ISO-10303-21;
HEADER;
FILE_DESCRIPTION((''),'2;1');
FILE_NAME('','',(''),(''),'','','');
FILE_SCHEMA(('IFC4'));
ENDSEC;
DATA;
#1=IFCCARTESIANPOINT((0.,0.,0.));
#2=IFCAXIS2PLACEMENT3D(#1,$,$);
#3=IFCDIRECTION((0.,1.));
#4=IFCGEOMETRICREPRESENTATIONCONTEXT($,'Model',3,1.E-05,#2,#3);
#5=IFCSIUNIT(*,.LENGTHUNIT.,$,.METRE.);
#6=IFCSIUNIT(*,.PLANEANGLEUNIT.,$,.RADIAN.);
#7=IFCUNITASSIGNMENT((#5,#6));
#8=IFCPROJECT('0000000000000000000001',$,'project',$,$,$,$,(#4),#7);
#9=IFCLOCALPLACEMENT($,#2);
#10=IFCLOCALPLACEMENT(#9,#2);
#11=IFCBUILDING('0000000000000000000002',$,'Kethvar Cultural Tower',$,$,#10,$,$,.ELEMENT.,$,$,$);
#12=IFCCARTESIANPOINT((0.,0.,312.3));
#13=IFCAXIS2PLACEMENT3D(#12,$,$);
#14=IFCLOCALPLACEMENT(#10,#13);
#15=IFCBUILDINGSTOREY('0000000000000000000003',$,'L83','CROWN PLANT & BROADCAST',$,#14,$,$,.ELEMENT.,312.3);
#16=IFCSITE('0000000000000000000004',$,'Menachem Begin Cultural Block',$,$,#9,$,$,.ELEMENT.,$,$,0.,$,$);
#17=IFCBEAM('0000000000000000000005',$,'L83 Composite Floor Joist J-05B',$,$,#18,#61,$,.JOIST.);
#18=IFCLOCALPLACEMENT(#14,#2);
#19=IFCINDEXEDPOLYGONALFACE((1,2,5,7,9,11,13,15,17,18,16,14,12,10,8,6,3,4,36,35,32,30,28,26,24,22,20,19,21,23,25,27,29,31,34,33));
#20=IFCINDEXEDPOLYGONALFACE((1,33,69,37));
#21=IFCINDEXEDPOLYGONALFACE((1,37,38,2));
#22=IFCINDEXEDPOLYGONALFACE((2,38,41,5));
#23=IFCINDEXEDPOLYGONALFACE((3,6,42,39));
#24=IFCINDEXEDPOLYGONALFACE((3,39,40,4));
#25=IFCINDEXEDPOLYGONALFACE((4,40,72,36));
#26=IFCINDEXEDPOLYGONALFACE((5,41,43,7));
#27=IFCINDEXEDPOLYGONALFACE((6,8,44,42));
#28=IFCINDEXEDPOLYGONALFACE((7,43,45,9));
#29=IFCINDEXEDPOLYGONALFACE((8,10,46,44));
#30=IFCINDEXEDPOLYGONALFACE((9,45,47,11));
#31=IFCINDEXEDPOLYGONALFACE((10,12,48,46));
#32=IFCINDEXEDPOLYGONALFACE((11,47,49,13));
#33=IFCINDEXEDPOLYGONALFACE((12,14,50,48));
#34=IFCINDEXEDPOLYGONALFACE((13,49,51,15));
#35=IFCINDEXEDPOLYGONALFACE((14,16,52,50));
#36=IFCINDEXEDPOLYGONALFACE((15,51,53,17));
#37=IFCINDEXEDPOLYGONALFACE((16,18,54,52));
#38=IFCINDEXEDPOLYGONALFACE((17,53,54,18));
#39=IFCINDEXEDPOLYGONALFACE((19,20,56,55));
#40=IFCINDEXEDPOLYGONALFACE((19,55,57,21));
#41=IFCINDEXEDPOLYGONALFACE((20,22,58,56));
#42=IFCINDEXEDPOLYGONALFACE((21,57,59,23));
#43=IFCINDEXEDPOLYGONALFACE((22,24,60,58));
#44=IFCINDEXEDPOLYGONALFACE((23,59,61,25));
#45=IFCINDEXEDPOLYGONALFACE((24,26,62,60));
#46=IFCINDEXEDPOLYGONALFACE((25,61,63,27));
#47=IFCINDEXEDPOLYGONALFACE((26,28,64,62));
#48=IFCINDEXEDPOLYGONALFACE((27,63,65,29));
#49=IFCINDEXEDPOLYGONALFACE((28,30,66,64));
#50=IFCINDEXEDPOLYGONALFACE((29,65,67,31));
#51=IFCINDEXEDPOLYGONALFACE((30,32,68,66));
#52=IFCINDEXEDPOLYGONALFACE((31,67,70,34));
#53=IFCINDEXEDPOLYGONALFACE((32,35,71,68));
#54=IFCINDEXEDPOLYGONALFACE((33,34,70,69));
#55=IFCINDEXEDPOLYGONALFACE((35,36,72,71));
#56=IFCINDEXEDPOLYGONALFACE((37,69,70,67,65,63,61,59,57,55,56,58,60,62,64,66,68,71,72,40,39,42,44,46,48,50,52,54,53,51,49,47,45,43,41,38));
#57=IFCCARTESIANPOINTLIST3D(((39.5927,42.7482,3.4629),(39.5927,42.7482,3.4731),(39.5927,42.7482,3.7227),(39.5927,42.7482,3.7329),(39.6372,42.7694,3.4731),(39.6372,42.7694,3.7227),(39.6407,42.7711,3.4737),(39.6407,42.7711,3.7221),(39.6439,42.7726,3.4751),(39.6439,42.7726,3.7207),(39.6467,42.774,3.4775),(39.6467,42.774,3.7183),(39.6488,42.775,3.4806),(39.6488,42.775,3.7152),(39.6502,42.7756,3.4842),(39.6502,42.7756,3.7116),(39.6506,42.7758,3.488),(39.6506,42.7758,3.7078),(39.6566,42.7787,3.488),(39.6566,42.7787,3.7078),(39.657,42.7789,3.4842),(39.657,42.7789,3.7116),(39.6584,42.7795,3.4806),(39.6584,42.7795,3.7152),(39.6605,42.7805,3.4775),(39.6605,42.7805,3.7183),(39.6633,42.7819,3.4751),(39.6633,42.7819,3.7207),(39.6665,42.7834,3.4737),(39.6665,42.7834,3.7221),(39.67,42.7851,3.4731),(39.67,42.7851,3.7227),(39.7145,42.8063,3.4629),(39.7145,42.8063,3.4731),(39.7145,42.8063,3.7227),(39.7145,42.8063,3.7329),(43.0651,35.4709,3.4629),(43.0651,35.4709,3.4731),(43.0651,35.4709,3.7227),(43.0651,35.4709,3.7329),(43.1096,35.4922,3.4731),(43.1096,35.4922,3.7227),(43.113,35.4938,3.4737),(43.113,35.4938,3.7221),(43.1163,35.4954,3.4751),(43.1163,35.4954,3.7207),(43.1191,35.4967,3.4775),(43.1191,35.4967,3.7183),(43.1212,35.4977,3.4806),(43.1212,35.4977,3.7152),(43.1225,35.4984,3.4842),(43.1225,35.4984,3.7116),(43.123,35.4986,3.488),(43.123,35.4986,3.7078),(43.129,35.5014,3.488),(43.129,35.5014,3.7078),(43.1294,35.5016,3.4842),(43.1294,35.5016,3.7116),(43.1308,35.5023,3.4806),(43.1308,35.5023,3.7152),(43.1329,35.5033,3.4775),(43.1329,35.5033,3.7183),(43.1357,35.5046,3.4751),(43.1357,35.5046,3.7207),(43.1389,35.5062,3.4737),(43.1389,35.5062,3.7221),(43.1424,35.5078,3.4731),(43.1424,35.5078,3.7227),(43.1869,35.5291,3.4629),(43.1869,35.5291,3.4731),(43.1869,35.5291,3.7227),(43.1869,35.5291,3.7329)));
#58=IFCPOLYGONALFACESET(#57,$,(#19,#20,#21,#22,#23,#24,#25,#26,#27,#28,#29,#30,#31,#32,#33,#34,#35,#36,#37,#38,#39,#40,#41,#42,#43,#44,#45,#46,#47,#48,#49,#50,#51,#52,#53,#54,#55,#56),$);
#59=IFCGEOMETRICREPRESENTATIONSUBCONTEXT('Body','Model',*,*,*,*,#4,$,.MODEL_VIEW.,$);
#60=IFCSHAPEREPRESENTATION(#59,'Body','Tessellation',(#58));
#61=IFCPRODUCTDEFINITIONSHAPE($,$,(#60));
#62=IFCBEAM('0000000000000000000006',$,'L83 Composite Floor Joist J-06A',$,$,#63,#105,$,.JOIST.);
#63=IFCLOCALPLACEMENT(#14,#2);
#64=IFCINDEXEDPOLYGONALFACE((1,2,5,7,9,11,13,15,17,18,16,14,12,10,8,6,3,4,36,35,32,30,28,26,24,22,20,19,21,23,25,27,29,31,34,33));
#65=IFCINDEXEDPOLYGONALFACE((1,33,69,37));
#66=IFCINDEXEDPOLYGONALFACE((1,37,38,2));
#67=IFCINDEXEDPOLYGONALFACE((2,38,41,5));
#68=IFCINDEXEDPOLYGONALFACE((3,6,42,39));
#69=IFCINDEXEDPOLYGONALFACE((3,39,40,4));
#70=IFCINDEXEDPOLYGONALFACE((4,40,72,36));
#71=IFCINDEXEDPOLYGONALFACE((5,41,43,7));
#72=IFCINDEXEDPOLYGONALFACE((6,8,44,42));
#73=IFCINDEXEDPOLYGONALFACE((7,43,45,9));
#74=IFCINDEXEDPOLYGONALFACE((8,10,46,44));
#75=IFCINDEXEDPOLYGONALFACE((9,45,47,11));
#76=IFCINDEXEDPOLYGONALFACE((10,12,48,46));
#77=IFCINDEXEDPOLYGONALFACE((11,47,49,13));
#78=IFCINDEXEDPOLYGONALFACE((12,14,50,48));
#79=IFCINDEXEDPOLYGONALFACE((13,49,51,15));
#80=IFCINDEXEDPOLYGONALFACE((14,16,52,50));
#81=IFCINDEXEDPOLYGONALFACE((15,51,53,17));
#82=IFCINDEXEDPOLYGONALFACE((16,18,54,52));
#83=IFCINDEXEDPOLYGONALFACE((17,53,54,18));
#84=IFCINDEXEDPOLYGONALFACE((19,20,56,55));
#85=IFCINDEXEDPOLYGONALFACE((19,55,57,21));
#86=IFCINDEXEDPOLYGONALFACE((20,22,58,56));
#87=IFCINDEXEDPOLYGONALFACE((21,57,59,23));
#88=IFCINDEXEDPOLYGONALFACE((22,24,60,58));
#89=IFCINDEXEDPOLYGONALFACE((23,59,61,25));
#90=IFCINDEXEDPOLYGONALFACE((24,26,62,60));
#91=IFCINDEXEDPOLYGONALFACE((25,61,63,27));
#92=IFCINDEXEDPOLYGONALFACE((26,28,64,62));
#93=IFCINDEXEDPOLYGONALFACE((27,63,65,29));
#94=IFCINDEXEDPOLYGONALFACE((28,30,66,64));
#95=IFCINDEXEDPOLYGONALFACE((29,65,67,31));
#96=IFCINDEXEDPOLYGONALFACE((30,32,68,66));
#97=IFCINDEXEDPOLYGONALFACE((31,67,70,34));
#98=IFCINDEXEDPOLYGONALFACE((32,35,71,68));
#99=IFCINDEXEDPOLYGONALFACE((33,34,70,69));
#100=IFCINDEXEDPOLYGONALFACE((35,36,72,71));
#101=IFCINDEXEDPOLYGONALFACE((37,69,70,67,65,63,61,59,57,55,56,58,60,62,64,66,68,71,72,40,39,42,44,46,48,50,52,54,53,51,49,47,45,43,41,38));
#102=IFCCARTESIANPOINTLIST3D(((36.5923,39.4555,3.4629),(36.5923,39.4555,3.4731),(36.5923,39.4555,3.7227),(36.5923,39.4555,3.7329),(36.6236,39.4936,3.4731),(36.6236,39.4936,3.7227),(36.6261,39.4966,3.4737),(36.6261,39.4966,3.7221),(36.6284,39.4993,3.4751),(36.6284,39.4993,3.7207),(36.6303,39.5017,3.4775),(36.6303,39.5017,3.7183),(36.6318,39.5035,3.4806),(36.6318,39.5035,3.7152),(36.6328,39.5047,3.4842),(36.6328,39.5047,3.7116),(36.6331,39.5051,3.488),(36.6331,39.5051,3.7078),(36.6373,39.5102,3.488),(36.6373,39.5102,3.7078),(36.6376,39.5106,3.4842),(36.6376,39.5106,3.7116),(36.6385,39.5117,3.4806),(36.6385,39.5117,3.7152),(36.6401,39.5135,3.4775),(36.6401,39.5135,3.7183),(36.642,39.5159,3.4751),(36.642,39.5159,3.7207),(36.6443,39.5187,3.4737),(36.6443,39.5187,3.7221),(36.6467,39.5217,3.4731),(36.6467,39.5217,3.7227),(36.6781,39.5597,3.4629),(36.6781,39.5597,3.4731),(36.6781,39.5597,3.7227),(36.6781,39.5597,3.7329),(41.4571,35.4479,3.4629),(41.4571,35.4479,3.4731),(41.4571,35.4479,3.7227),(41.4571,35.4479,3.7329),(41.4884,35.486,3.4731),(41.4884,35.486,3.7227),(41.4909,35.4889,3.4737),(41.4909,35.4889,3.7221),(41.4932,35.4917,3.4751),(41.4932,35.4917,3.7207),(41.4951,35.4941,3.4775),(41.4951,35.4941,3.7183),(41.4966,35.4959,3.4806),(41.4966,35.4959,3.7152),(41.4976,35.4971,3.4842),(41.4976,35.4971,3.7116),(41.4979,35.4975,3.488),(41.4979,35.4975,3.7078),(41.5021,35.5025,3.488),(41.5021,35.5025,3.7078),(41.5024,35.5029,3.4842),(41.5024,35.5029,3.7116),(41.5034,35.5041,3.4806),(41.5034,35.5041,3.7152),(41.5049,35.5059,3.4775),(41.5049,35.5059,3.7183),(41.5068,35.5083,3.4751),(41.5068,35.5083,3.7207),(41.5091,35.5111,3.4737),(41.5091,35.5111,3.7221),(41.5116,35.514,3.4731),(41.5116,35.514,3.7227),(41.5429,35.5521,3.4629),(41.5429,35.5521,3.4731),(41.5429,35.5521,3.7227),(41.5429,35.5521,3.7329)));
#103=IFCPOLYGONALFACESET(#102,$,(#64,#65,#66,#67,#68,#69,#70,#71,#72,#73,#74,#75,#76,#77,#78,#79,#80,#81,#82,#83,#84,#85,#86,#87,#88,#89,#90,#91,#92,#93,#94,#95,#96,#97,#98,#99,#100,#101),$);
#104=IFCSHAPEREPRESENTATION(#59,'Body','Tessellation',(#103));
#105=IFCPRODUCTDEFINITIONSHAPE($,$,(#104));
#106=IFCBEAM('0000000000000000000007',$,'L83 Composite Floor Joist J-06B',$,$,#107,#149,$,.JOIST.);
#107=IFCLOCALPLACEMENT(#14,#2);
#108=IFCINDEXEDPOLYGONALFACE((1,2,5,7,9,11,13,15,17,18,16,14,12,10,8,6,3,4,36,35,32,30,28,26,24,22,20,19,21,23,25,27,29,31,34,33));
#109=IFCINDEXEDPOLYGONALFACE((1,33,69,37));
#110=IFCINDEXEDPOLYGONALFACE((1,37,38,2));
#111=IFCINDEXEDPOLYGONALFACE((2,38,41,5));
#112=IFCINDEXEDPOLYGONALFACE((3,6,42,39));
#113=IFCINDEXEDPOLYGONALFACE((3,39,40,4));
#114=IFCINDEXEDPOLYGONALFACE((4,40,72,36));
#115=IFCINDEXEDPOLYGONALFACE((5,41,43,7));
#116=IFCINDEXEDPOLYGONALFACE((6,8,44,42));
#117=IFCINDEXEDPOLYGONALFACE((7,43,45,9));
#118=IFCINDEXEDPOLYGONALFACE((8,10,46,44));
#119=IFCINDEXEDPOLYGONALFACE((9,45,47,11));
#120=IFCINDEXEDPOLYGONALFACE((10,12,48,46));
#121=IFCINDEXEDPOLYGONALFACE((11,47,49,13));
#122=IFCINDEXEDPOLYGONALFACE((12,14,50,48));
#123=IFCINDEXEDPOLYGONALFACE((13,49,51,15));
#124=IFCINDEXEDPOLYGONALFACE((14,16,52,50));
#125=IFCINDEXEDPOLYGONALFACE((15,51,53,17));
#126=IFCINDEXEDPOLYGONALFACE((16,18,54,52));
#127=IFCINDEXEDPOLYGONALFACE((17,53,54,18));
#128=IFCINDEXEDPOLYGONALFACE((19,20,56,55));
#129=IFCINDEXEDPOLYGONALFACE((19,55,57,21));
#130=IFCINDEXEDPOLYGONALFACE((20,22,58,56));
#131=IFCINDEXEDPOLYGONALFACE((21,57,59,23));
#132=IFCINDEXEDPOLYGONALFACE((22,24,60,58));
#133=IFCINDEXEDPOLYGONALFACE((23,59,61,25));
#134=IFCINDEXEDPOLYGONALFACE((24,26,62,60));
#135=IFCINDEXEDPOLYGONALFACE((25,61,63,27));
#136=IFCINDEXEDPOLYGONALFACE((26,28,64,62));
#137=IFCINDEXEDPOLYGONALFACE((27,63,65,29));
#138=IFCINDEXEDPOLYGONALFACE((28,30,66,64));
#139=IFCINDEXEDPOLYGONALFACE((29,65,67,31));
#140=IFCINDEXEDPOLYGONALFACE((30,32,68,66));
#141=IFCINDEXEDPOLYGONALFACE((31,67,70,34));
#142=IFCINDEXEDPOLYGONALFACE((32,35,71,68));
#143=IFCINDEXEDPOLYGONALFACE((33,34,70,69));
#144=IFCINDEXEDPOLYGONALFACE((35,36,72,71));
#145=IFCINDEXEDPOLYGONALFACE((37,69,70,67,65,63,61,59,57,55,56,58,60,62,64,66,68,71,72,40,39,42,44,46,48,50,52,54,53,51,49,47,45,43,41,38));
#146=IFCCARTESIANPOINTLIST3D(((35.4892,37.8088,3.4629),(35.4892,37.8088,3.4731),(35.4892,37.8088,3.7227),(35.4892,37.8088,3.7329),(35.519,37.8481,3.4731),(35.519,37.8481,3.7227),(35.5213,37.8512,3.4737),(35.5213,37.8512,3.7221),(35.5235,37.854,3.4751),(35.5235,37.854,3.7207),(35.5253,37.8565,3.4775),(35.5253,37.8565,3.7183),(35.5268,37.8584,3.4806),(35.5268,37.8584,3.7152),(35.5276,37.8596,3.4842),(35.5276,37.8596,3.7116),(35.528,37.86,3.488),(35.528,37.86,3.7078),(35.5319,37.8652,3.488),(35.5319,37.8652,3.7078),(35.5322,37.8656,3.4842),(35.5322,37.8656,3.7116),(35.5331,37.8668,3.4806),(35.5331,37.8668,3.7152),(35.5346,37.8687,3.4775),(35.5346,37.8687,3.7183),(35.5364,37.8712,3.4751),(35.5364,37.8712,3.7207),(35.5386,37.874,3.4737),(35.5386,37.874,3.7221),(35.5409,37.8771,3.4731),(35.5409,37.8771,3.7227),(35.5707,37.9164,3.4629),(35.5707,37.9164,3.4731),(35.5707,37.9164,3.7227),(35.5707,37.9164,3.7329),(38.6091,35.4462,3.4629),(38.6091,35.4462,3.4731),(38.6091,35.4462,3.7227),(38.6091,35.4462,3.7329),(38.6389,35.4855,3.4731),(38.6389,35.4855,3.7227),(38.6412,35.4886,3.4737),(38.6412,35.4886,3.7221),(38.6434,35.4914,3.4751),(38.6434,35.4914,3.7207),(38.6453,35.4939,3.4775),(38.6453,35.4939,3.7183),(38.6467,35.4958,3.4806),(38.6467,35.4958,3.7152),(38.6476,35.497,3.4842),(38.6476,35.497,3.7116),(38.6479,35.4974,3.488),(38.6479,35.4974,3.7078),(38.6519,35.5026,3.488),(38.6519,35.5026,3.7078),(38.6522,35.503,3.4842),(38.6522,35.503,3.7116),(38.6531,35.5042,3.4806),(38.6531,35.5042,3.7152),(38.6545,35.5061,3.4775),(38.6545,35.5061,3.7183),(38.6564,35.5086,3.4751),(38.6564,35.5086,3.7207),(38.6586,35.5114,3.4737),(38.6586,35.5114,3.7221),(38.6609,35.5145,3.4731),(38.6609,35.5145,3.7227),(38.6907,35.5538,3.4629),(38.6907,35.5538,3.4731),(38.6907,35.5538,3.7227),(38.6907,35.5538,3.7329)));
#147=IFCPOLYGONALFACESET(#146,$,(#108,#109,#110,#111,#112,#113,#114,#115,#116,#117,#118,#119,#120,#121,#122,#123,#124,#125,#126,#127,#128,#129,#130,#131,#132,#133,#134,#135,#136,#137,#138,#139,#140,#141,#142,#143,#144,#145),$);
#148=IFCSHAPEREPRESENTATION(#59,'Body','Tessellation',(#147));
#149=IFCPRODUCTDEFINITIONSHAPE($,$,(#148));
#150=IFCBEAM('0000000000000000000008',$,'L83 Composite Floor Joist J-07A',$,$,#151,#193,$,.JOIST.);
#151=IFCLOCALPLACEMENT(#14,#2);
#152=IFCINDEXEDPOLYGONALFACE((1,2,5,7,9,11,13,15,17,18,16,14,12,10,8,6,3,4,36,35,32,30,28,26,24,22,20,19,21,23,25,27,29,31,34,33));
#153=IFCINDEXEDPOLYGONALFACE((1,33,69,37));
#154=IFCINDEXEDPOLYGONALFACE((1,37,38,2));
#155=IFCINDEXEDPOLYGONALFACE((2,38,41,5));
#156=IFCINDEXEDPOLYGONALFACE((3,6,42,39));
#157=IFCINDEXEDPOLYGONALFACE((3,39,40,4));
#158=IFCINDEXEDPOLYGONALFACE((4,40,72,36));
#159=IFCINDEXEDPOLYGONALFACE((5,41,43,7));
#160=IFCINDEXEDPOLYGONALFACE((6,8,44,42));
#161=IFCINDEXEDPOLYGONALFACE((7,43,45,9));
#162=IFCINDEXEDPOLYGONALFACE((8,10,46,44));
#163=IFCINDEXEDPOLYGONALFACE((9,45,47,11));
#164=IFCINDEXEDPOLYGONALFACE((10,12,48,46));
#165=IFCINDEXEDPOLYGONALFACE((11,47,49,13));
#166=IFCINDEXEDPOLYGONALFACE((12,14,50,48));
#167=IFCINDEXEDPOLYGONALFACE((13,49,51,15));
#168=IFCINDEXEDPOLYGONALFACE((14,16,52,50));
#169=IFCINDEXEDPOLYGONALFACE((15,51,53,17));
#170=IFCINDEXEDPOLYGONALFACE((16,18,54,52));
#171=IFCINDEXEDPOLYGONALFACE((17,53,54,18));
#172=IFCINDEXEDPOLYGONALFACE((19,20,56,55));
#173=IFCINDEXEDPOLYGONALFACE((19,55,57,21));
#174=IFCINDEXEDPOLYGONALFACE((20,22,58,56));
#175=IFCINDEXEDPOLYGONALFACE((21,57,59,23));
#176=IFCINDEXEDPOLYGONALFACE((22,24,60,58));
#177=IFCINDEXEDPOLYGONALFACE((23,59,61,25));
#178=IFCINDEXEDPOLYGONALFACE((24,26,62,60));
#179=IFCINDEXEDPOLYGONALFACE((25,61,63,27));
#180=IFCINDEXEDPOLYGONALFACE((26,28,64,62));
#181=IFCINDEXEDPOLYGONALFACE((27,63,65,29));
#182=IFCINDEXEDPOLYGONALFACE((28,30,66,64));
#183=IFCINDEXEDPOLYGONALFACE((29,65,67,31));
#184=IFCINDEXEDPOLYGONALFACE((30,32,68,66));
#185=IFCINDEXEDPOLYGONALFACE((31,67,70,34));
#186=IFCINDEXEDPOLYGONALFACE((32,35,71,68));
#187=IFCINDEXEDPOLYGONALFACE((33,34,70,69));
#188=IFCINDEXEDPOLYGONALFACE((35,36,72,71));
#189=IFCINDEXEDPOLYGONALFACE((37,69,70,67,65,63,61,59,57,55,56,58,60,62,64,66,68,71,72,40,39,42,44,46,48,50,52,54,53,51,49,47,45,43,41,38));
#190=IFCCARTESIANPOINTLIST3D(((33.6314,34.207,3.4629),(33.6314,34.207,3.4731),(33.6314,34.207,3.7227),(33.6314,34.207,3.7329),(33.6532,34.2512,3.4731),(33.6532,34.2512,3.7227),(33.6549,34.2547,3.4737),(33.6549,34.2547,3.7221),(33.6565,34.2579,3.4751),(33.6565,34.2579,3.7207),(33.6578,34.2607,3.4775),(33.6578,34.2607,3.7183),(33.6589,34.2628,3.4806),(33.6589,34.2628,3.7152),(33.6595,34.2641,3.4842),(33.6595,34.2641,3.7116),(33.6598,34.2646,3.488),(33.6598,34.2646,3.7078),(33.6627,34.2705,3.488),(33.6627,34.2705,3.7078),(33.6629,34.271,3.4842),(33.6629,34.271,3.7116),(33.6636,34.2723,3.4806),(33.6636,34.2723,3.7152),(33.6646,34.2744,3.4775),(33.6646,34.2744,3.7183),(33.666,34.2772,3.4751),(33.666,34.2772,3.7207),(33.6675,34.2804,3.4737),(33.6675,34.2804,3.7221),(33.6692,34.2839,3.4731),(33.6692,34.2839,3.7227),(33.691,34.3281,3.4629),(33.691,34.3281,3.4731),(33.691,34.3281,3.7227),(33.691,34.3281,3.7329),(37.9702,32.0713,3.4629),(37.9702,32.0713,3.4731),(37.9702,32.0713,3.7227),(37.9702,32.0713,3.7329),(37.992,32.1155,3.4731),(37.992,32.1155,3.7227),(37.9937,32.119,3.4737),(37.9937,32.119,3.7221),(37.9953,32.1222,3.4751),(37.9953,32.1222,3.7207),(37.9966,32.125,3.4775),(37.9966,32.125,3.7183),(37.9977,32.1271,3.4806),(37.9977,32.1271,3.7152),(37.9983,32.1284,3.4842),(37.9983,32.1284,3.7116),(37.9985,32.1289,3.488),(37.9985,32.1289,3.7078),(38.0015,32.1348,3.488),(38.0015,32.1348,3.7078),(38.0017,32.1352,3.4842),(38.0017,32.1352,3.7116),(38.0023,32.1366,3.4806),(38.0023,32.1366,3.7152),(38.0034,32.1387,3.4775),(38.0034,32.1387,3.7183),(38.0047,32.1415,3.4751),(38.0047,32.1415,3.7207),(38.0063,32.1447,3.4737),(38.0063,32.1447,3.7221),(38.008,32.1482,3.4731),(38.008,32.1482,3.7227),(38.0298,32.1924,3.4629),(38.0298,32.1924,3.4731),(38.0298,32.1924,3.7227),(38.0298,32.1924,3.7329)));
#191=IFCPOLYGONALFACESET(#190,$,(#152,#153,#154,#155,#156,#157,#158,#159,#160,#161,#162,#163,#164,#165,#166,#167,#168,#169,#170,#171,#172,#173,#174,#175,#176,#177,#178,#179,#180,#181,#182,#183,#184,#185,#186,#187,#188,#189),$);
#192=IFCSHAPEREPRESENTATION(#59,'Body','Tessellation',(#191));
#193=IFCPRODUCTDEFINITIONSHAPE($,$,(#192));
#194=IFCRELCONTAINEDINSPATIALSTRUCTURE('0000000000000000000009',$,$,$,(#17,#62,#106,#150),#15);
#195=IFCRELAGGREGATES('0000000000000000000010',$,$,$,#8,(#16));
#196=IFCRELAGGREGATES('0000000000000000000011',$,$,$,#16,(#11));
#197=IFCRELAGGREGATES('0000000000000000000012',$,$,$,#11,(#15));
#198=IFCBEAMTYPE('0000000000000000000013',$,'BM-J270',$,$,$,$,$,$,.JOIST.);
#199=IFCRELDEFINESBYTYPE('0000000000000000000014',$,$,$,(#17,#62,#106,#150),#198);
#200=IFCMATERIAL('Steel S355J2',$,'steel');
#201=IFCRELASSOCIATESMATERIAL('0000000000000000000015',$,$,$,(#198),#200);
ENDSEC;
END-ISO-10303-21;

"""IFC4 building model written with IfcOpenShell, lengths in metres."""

from ifc_helpers import new_model, si_unit, direction, frame, origin, origin_2d, place, context, subcontext, project, spatial, i_section, extrude, source, transform, mapped, material, material_profile, profile_set, type_object, element, save


model = new_model("IFC4")

# Units and contexts
model_context = context("Model", 3, precision=1e-05, world=origin(), true_north=direction((0.0, 1.0)))
body_context = subcontext(model_context, "Body", "Model", "MODEL_VIEW")
ifc_project = project(units=[si_unit("LENGTHUNIT", "METRE"), si_unit("PLANEANGLEUNIT", "RADIAN")], contexts=[model_context])

# Site, building, storey
site_placement = place(None, origin())
site = spatial("IfcSite", under=ifc_project, at=site_placement, Name="Menachem Begin Cultural Block", CompositionType="ELEMENT", RefElevation=0.0)
building_placement = place(site_placement, origin())
building = spatial("IfcBuilding", under=site, at=building_placement, Name="Kethvar Cultural Tower", CompositionType="ELEMENT")
storey_placement = place(building_placement, frame((0.0, 0.0, 312.3)))
storey = spatial("IfcBuildingStorey", under=building, at=storey_placement, Name="L83", Description="CROWN PLANT & BROADCAST", CompositionType="ELEMENT", Elevation=312.3)

# Beams
ifc_material_1 = material(Name="Steel S355J2", Category="steel")
ifc_material_profile_1 = material_profile(ifc_material_1, i_section(OverallWidth=0.135, OverallDepth=0.27, WebThickness=0.0066, FlangeThickness=0.0103, FilletRadius=0.0149, at=origin_2d()), Name="Steel S355J2 — IPE270")
ifc_profile_set_1 = profile_set([ifc_material_profile_1], Name="Steel S355J2 — IPE270")
beam_type_1 = type_object("IfcBeamType", Name="BM-J270", PredefinedType="JOIST", material=ifc_profile_set_1)
shared_shape_1 = source(origin(), body_context, "Body", "SweptSolid", [
    extrude(i_section(OverallWidth=0.135, OverallDepth=0.27, WebThickness=0.0066, FlangeThickness=0.0103, FilletRadius=0.0149, at=origin_2d()), origin(), (0.0, 0.0, 1.0), 8.0632),
])
beam_1_placement = place(storey_placement, frame((43.126, 35.5, 3.5979), z_axis=(-0.430642, 0.902523, 0.0), x_axis=(-0.902523, -0.430642, 0.0)))
element("IfcBeam", 1, at=beam_1_placement, inside=storey, type_object=beam_type_1, Name="L83 Composite Floor Joist J-05B", PredefinedType="JOIST", context=body_context, shape_type="MappedRepresentation", body=[
    mapped(shared_shape_1, transform((0.0, 0.0, 0.0), scale=1.0)),
])
shared_shape_2 = source(origin(), body_context, "Body", "SweptSolid", [
    extrude(i_section(OverallWidth=0.135, OverallDepth=0.27, WebThickness=0.0066, FlangeThickness=0.0103, FilletRadius=0.0149, at=origin_2d()), origin(), (0.0, 0.0, 1.0), 6.303),
])
beam_2_placement = place(storey_placement, frame((41.5, 35.5, 3.5979), z_axis=(-0.771828, 0.635831, 0.0), x_axis=(-0.635831, -0.771828, 0.0)))
element("IfcBeam", 2, at=beam_2_placement, inside=storey, type_object=beam_type_1, Name="L83 Composite Floor Joist J-06A", PredefinedType="JOIST", context=body_context, shape_type="MappedRepresentation", body=[
    mapped(shared_shape_2, transform((0.0, 0.0, 0.0), scale=1.0)),
])
shared_shape_3 = source(origin(), body_context, "Body", "SweptSolid", [
    extrude(i_section(OverallWidth=0.135, OverallDepth=0.27, WebThickness=0.0066, FlangeThickness=0.0103, FilletRadius=0.0149, at=origin_2d()), origin(), (0.0, 0.0, 1.0), 3.9136),
])
beam_3_placement = place(storey_placement, frame((38.6499, 35.5, 3.5979), z_axis=(-0.797214, 0.603697, 0.0), x_axis=(-0.603697, -0.797214, 0.0)))
element("IfcBeam", 3, at=beam_3_placement, inside=storey, type_object=beam_type_1, Name="L83 Composite Floor Joist J-06B", PredefinedType="JOIST", context=body_context, shape_type="MappedRepresentation", body=[
    mapped(shared_shape_3, transform((0.0, 0.0, 0.0), scale=1.0)),
])
shared_shape_4 = source(origin(), body_context, "Body", "SweptSolid", [
    extrude(i_section(OverallWidth=0.135, OverallDepth=0.27, WebThickness=0.0066, FlangeThickness=0.0103, FilletRadius=0.0149, at=origin_2d()), origin(), (0.0, 0.0, 1.0), 4.8359),
])
beam_4_placement = place(storey_placement, frame((38.0, 32.1318, 3.5979), z_axis=(-0.897197, 0.441632, 0.0), x_axis=(-0.441632, -0.897197, 0.0)))
element("IfcBeam", 4, at=beam_4_placement, inside=storey, type_object=beam_type_1, Name="L83 Composite Floor Joist J-07A", PredefinedType="JOIST", context=body_context, shape_type="MappedRepresentation", body=[
    mapped(shared_shape_4, transform((0.0, 0.0, 0.0), scale=1.0)),
])

save(model, "model.ifc")
